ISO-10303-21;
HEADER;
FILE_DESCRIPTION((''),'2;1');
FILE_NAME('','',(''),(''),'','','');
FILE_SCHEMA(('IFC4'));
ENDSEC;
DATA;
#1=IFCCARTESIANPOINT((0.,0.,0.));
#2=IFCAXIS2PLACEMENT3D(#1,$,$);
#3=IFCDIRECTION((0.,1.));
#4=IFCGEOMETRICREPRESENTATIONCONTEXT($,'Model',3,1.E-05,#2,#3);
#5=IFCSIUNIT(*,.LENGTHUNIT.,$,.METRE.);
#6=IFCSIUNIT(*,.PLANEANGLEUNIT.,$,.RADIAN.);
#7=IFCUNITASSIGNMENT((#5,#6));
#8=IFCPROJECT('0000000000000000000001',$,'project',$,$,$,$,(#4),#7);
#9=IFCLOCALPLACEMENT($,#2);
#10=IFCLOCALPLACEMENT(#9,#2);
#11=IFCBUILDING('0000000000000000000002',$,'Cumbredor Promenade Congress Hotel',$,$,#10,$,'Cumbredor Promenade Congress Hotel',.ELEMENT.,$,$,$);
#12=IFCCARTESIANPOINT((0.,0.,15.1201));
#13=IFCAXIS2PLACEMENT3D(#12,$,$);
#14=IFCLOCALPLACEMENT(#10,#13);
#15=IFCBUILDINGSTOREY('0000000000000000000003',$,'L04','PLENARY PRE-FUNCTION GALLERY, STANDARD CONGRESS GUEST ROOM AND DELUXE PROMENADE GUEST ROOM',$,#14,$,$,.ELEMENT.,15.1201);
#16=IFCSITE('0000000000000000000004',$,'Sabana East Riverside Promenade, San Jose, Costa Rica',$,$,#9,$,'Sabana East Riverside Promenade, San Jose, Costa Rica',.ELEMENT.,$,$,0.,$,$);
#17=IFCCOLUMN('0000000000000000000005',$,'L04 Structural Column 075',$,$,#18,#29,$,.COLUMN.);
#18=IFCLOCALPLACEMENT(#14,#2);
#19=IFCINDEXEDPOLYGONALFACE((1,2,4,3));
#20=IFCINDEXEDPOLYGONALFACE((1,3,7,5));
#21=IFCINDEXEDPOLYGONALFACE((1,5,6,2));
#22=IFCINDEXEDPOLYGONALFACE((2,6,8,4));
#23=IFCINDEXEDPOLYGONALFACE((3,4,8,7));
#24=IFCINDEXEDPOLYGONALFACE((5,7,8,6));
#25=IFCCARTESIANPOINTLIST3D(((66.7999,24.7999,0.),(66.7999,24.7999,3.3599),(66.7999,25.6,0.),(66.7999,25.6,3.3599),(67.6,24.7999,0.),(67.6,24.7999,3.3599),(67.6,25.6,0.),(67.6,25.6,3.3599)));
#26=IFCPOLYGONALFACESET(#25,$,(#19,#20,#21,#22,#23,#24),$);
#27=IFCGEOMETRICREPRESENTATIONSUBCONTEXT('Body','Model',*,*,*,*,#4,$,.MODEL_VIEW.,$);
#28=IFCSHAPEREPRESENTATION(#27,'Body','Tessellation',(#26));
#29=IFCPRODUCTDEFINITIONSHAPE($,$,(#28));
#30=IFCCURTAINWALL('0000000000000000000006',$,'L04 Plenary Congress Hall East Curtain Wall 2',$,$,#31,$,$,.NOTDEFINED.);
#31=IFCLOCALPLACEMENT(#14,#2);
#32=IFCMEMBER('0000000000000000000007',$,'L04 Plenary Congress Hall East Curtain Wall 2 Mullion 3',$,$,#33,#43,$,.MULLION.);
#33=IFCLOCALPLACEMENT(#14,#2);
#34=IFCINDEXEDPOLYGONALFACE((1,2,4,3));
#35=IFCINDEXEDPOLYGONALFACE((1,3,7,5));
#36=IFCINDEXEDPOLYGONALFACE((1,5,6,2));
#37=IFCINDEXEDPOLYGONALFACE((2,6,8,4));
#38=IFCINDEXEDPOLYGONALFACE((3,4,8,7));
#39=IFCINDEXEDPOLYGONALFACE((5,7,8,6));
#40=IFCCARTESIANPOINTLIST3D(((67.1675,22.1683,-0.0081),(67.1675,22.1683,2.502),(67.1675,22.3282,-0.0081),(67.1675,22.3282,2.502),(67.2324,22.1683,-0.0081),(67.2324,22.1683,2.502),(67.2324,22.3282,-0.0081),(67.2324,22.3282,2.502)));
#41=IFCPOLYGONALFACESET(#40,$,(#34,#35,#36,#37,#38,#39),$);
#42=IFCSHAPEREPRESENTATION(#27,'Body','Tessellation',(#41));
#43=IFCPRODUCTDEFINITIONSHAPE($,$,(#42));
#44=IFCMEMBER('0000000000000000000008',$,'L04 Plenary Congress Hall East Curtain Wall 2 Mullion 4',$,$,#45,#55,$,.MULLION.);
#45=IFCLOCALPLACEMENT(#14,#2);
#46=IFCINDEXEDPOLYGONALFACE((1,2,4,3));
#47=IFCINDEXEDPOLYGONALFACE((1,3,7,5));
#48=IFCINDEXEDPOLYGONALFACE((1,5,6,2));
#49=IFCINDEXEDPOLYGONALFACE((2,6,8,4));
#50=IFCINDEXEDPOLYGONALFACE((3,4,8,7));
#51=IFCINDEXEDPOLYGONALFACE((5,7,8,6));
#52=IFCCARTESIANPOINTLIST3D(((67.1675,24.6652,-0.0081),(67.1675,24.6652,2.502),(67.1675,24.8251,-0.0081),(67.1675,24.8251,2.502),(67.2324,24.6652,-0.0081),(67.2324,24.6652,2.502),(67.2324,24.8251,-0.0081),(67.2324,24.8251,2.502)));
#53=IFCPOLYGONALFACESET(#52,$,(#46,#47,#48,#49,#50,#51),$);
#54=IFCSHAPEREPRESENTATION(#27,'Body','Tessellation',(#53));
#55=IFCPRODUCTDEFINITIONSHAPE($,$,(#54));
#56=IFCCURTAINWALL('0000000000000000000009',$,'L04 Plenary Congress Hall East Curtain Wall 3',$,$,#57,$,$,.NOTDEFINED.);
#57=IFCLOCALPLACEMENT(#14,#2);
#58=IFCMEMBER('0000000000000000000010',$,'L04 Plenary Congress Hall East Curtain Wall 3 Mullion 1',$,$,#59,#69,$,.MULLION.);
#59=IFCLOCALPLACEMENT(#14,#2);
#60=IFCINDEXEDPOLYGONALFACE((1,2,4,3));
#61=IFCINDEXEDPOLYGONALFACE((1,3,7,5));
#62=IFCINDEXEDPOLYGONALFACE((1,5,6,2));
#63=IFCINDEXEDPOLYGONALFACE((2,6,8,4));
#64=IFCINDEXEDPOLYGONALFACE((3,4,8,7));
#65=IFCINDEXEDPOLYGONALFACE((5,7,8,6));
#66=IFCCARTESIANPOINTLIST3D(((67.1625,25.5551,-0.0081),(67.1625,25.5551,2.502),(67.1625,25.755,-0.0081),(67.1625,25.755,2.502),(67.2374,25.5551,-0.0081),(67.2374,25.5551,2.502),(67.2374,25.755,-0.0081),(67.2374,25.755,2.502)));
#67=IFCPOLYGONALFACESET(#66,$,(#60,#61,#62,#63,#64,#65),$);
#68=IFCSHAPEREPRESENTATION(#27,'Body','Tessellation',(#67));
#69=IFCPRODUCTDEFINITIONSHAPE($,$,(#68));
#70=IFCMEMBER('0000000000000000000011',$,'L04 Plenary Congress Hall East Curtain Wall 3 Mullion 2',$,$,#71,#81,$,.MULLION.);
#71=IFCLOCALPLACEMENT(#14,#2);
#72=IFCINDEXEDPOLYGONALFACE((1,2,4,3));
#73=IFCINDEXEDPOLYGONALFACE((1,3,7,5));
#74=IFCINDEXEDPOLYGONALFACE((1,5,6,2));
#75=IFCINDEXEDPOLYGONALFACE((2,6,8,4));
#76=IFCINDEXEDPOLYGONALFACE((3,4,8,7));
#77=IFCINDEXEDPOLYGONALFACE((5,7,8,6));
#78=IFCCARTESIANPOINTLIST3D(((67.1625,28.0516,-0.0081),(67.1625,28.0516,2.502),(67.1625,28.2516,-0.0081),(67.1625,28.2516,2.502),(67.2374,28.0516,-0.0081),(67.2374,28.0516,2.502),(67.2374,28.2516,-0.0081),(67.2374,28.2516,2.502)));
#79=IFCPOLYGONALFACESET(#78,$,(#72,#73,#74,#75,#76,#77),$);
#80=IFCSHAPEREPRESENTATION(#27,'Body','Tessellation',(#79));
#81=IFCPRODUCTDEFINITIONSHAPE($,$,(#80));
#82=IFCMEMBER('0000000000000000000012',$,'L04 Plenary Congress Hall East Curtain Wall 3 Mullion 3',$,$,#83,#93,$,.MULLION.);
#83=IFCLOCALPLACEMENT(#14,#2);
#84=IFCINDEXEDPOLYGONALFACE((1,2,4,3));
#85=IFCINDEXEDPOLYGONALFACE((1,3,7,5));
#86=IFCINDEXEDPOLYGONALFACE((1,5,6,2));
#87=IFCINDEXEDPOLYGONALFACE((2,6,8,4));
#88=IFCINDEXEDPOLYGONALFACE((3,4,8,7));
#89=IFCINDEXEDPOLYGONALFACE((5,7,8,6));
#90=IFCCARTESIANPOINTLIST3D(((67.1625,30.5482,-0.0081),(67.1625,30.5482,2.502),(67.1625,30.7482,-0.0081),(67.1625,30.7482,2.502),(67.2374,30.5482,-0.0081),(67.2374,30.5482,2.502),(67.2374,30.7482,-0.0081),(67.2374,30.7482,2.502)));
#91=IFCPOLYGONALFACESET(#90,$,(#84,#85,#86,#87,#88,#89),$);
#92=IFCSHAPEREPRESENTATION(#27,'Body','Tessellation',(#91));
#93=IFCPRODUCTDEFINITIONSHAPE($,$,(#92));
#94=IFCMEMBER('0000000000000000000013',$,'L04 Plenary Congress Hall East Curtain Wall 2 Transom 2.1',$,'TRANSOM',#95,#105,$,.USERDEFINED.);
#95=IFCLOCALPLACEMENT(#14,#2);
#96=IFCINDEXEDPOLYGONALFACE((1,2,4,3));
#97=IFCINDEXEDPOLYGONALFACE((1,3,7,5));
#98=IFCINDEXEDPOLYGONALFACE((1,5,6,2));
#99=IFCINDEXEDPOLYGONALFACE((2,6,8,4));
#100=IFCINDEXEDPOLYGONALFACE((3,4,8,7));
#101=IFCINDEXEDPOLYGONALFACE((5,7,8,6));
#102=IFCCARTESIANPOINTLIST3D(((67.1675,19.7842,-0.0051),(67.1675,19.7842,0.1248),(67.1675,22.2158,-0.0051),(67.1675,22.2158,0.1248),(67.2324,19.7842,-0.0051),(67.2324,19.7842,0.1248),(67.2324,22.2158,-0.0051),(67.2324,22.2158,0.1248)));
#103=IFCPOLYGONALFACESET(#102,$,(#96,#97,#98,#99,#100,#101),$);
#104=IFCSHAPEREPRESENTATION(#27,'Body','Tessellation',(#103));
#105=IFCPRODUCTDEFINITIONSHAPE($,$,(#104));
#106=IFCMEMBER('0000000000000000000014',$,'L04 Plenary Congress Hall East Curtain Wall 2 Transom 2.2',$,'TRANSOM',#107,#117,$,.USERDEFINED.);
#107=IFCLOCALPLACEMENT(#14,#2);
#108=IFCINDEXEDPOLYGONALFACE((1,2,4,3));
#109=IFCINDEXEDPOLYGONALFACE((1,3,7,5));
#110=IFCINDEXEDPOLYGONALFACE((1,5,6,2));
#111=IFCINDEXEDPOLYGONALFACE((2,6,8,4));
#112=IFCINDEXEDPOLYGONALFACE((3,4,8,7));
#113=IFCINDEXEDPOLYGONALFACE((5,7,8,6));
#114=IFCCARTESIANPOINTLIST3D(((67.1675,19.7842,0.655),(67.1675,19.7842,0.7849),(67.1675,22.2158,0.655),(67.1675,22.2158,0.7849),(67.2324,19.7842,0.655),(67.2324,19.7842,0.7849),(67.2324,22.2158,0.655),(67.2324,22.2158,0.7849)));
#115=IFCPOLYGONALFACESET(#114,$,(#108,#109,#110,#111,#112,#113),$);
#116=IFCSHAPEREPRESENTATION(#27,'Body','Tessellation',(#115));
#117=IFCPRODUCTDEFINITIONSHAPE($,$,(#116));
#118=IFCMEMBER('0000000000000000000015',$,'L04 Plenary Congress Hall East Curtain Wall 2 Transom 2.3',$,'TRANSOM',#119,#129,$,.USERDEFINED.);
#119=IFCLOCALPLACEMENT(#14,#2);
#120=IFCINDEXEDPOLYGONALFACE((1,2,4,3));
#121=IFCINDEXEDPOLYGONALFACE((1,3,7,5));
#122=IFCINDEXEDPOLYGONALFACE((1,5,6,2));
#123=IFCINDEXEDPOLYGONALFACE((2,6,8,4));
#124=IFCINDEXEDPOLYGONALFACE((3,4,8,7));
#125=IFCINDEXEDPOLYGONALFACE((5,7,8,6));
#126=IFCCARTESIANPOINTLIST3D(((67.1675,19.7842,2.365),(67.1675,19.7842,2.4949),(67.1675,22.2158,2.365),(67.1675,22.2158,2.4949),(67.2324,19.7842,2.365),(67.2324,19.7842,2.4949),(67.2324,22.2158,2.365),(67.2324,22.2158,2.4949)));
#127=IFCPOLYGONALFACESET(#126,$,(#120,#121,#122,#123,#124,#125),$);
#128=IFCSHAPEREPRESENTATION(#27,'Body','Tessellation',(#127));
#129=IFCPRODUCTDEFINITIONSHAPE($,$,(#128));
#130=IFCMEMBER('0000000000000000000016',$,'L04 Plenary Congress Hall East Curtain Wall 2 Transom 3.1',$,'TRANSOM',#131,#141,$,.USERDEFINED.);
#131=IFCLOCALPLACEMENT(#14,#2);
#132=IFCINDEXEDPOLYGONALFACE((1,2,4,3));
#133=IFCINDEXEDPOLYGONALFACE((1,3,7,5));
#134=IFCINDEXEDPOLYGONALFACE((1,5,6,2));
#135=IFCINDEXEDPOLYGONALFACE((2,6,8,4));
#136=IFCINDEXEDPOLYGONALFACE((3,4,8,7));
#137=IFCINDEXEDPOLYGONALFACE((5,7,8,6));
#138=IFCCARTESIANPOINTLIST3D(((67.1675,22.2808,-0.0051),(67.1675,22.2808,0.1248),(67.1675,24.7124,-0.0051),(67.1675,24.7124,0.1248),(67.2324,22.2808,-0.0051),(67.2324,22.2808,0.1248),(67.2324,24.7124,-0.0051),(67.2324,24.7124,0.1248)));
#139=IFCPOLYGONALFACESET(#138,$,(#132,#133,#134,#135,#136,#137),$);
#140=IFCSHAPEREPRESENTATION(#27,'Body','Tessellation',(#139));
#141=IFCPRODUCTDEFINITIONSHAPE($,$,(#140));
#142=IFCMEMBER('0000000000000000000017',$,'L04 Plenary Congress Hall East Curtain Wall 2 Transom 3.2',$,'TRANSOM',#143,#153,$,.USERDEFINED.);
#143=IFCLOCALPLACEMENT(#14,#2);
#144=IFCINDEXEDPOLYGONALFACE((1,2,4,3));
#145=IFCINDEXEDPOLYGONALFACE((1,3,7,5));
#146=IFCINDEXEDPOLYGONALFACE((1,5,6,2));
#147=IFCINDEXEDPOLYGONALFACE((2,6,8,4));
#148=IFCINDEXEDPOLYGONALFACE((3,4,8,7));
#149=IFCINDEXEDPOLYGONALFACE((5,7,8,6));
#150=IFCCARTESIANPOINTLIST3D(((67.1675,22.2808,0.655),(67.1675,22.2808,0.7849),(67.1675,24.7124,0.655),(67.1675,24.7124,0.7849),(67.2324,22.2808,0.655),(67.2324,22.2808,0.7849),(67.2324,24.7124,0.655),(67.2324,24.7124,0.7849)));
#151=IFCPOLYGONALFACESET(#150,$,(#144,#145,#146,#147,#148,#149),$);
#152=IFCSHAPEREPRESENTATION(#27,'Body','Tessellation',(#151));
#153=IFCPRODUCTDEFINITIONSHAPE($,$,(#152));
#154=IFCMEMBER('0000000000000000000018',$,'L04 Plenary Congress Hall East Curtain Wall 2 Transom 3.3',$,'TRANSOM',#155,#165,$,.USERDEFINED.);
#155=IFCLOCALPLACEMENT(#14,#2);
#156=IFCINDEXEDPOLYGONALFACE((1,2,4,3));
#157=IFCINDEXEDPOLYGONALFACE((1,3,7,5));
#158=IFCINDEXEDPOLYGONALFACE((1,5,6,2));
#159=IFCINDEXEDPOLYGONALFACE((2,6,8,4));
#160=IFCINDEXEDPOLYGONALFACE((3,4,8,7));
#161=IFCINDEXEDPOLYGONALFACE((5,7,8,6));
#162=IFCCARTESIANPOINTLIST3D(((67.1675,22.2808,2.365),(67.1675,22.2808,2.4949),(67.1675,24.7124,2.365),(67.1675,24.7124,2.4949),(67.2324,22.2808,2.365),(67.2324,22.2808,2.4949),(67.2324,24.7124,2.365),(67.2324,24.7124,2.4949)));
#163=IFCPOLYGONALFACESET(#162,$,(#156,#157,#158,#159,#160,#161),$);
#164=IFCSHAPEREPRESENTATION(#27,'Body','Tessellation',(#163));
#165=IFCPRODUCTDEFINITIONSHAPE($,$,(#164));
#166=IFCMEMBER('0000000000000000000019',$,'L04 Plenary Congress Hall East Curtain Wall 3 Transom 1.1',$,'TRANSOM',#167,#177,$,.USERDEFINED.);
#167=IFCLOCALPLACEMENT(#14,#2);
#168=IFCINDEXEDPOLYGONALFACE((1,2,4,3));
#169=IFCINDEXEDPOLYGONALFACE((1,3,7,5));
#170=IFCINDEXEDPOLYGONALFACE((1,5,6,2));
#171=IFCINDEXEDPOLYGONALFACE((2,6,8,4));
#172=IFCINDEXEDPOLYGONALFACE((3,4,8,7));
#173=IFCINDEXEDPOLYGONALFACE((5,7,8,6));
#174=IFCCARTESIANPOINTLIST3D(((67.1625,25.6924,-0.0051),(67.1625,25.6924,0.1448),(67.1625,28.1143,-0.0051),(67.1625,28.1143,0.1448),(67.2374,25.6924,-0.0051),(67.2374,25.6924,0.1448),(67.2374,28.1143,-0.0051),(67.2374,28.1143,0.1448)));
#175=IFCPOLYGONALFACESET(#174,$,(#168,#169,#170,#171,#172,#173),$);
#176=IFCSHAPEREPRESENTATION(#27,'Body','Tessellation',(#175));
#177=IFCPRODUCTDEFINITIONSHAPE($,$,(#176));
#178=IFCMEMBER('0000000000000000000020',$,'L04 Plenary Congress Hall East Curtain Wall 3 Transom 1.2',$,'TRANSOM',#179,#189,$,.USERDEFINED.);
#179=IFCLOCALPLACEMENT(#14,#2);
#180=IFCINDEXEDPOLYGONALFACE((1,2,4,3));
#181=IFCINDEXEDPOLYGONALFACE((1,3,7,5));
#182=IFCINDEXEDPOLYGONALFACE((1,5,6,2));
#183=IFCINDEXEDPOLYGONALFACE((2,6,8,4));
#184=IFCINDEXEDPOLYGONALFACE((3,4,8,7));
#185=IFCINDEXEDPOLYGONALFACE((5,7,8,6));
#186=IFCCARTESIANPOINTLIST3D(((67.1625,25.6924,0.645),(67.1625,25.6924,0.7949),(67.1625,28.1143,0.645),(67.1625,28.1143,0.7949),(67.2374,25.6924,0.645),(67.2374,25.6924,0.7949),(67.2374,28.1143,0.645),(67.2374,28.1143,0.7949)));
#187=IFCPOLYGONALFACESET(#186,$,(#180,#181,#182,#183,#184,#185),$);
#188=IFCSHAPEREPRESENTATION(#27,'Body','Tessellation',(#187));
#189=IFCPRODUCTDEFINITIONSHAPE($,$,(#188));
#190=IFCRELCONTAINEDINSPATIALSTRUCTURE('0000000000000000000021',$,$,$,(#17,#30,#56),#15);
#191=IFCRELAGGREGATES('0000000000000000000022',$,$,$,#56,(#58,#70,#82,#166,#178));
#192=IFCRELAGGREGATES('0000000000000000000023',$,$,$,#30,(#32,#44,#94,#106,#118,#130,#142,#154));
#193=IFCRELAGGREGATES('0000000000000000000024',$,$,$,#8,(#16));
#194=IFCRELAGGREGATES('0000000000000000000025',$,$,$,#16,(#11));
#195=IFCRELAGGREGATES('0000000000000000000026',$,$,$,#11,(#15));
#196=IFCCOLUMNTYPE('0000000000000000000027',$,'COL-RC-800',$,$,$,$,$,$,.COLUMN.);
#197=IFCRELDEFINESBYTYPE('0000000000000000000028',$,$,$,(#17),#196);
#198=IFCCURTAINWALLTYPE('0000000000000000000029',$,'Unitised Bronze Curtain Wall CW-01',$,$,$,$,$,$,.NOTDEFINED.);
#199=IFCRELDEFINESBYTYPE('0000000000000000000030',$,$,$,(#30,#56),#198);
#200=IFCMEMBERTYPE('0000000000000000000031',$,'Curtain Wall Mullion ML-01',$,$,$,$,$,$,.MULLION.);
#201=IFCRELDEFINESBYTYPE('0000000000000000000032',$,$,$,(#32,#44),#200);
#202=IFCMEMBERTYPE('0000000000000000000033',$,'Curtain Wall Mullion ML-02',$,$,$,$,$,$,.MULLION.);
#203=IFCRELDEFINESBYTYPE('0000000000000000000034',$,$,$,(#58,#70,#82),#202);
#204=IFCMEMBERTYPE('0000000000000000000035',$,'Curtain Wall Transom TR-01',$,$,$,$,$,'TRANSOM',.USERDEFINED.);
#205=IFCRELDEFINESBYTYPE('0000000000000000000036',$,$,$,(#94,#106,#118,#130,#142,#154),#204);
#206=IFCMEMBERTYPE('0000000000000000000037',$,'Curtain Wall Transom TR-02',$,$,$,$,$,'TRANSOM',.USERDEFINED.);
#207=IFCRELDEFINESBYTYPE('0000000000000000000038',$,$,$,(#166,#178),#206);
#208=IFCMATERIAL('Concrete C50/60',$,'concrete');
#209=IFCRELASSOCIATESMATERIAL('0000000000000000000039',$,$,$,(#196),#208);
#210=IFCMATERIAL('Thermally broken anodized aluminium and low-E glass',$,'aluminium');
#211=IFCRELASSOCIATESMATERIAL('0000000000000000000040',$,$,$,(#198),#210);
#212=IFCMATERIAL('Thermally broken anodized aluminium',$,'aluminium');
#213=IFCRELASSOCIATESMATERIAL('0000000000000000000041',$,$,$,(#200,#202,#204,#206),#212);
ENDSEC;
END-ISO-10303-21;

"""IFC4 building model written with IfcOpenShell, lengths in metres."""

from ifc_helpers import new_model, si_unit, direction, frame, origin, origin_2d, place, context, subcontext, project, spatial, rectangle, extrude, material, material_profile, profile_set, type_object, element, aggregate, save


model = new_model("IFC4")

# Units and contexts
model_context = context("Model", 3, precision=1e-05, world=origin(), true_north=direction((0.0, 1.0)))
body_context = subcontext(model_context, "Body", "Model", "MODEL_VIEW")
ifc_project = project(units=[si_unit("LENGTHUNIT", "METRE"), si_unit("PLANEANGLEUNIT", "RADIAN")], contexts=[model_context])

# Site, building, storey
site_placement = place(None, origin())
site = spatial("IfcSite", under=ifc_project, at=site_placement, Name="Sabana East Riverside Promenade, San Jose, Costa Rica", LongName="Sabana East Riverside Promenade, San Jose, Costa Rica", CompositionType="ELEMENT", RefElevation=0.0)
building_placement = place(site_placement, origin())
building = spatial("IfcBuilding", under=site, at=building_placement, Name="Cumbredor Promenade Congress Hotel", LongName="Cumbredor Promenade Congress Hotel", CompositionType="ELEMENT")
storey_placement = place(building_placement, frame((0.0, 0.0, 15.1201)))
storey = spatial("IfcBuildingStorey", under=building, at=storey_placement, Name="L04", Description="PLENARY PRE-FUNCTION GALLERY, STANDARD CONGRESS GUEST ROOM AND DELUXE PROMENADE GUEST ROOM", CompositionType="ELEMENT", Elevation=15.1201)

# Column
ifc_material_1 = material(Name="Concrete C50/60", Category="concrete")
ifc_material_profile_1 = material_profile(ifc_material_1, rectangle(XDim=0.8, YDim=0.8, at=origin_2d()), Name="RC 800x800")
ifc_profile_set_1 = profile_set([ifc_material_profile_1], Name="Concrete C50/60")
column_type = type_object("IfcColumnType", Name="COL-RC-800", PredefinedType="COLUMN", material=ifc_profile_set_1)
column_placement = place(storey_placement, frame((67.2, 25.2, 0.0), z_axis=(0.0, 0.0, 1.0), x_axis=(1.0, 0.0, 0.0)))
element("IfcColumn", 1, at=column_placement, inside=storey, type_object=column_type, Name="L04 Structural Column 075", PredefinedType="COLUMN", context=body_context, shape_type="SweptSolid", body=[
    extrude(rectangle(XDim=0.8, YDim=0.8, at=origin_2d()), origin(), (0.0, 0.0, 1.0), 3.3599),
])

# Curtain walls, members
ifc_material_2 = material(Name="Thermally broken anodized aluminium and low-E glass", Category="aluminium")
curtain_wall_type = type_object("IfcCurtainWallType", Name="Unitised Bronze Curtain Wall CW-01", PredefinedType="NOTDEFINED", material=ifc_material_2)
curtain_wall_1_placement = place(storey_placement, origin())
curtain_wall_1 = element("IfcCurtainWall", 2, at=curtain_wall_1_placement, inside=storey, type_object=curtain_wall_type, Name="L04 Plenary Congress Hall East Curtain Wall 2", PredefinedType="NOTDEFINED")
ifc_material_3 = material(Name="Thermally broken anodized aluminium", Category="aluminium")
ifc_material_profile_2 = material_profile(ifc_material_3, rectangle(XDim=0.0649, YDim=0.1599, at=origin_2d()), Name="ALU MULLION 65x160")
ifc_profile_set_2 = profile_set([ifc_material_profile_2], Name="Thermally broken anodized aluminium")
member_type_1 = type_object("IfcMemberType", Name="Curtain Wall Mullion ML-01", PredefinedType="MULLION", material=ifc_profile_set_2)
member_1_placement = place(storey_placement, frame((67.2, 22.2483, -0.0081), z_axis=(0.0, 0.0, 1.0), x_axis=(1.0, 0.0, 0.0)))
member_1 = element("IfcMember", 3, at=member_1_placement, type_object=member_type_1, Name="L04 Plenary Congress Hall East Curtain Wall 2 Mullion 3", PredefinedType="MULLION", context=body_context, shape_type="SweptSolid", body=[
    extrude(rectangle(XDim=0.0649, YDim=0.1599, at=origin_2d()), origin(), (0.0, 0.0, 1.0), 2.51),
])
member_2_placement = place(storey_placement, frame((67.2, 24.7451, -0.0081), z_axis=(0.0, 0.0, 1.0), x_axis=(1.0, 0.0, 0.0)))
member_2 = element("IfcMember", 4, at=member_2_placement, type_object=member_type_1, Name="L04 Plenary Congress Hall East Curtain Wall 2 Mullion 4", PredefinedType="MULLION", context=body_context, shape_type="SweptSolid", body=[
    extrude(rectangle(XDim=0.0649, YDim=0.1599, at=origin_2d()), origin(), (0.0, 0.0, 1.0), 2.51),
])
curtain_wall_2_placement = place(storey_placement, origin())
curtain_wall_2 = element("IfcCurtainWall", 5, at=curtain_wall_2_placement, inside=storey, type_object=curtain_wall_type, Name="L04 Plenary Congress Hall East Curtain Wall 3", PredefinedType="NOTDEFINED")
ifc_material_profile_3 = material_profile(ifc_material_3, rectangle(XDim=0.075, YDim=0.2, at=origin_2d()), Name="ALU MULLION 75x200")
ifc_profile_set_3 = profile_set([ifc_material_profile_3], Name="Thermally broken anodized aluminium")
member_type_2 = type_object("IfcMemberType", Name="Curtain Wall Mullion ML-02", PredefinedType="MULLION", material=ifc_profile_set_3)
member_3_placement = place(storey_placement, frame((67.2, 25.655, -0.0081), z_axis=(0.0, 0.0, 1.0), x_axis=(1.0, 0.0, 0.0)))
member_3 = element("IfcMember", 6, at=member_3_placement, type_object=member_type_2, Name="L04 Plenary Congress Hall East Curtain Wall 3 Mullion 1", PredefinedType="MULLION", context=body_context, shape_type="SweptSolid", body=[
    extrude(rectangle(XDim=0.075, YDim=0.2, at=origin_2d()), origin(), (0.0, 0.0, 1.0), 2.51),
])
member_4_placement = place(storey_placement, frame((67.2, 28.1516, -0.0081), z_axis=(0.0, 0.0, 1.0), x_axis=(1.0, 0.0, 0.0)))
member_4 = element("IfcMember", 7, at=member_4_placement, type_object=member_type_2, Name="L04 Plenary Congress Hall East Curtain Wall 3 Mullion 2", PredefinedType="MULLION", context=body_context, shape_type="SweptSolid", body=[
    extrude(rectangle(XDim=0.075, YDim=0.2, at=origin_2d()), origin(), (0.0, 0.0, 1.0), 2.51),
])
member_5_placement = place(storey_placement, frame((67.2, 30.6482, -0.0081), z_axis=(0.0, 0.0, 1.0), x_axis=(1.0, 0.0, 0.0)))
member_5 = element("IfcMember", 8, at=member_5_placement, type_object=member_type_2, Name="L04 Plenary Congress Hall East Curtain Wall 3 Mullion 3", PredefinedType="MULLION", context=body_context, shape_type="SweptSolid", body=[
    extrude(rectangle(XDim=0.075, YDim=0.2, at=origin_2d()), origin(), (0.0, 0.0, 1.0), 2.51),
])

# Members
ifc_material_profile_4 = material_profile(ifc_material_3, rectangle(XDim=0.0649, YDim=0.1299, at=origin_2d()), Name="ALU TRANSOM 65x130")
ifc_profile_set_4 = profile_set([ifc_material_profile_4], Name="Thermally broken anodized aluminium")
member_type_3 = type_object("IfcMemberType", Name="Curtain Wall Transom TR-01", ElementType="TRANSOM", PredefinedType="USERDEFINED", material=ifc_profile_set_4)
member_6_placement = place(storey_placement, frame((67.2, 19.7842, 0.0598), z_axis=(0.0, 1.0, 0.0), x_axis=(-1.0, 0.0, 0.0)))
member_6 = element("IfcMember", 9, at=member_6_placement, type_object=member_type_3, Name="L04 Plenary Congress Hall East Curtain Wall 2 Transom 2.1", ObjectType="TRANSOM", PredefinedType="USERDEFINED", context=body_context, shape_type="SweptSolid", body=[
    extrude(rectangle(XDim=0.0649, YDim=0.1299, at=origin_2d()), origin(), (0.0, 0.0, 1.0), 2.4316),
])
member_7_placement = place(storey_placement, frame((67.2, 19.7842, 0.72), z_axis=(0.0, 1.0, 0.0), x_axis=(-1.0, 0.0, 0.0)))
member_7 = element("IfcMember", 10, at=member_7_placement, type_object=member_type_3, Name="L04 Plenary Congress Hall East Curtain Wall 2 Transom 2.2", ObjectType="TRANSOM", PredefinedType="USERDEFINED", context=body_context, shape_type="SweptSolid", body=[
    extrude(rectangle(XDim=0.0649, YDim=0.1299, at=origin_2d()), origin(), (0.0, 0.0, 1.0), 2.4316),
])
member_8_placement = place(storey_placement, frame((67.2, 19.7842, 2.4299), z_axis=(0.0, 1.0, 0.0), x_axis=(-1.0, 0.0, 0.0)))
member_8 = element("IfcMember", 11, at=member_8_placement, type_object=member_type_3, Name="L04 Plenary Congress Hall East Curtain Wall 2 Transom 2.3", ObjectType="TRANSOM", PredefinedType="USERDEFINED", context=body_context, shape_type="SweptSolid", body=[
    extrude(rectangle(XDim=0.0649, YDim=0.1299, at=origin_2d()), origin(), (0.0, 0.0, 1.0), 2.4316),
])
member_9_placement = place(storey_placement, frame((67.2, 22.2808, 0.0598), z_axis=(0.0, 1.0, 0.0), x_axis=(-1.0, 0.0, 0.0)))
member_9 = element("IfcMember", 12, at=member_9_placement, type_object=member_type_3, Name="L04 Plenary Congress Hall East Curtain Wall 2 Transom 3.1", ObjectType="TRANSOM", PredefinedType="USERDEFINED", context=body_context, shape_type="SweptSolid", body=[
    extrude(rectangle(XDim=0.0649, YDim=0.1299, at=origin_2d()), origin(), (0.0, 0.0, 1.0), 2.4316),
])
member_10_placement = place(storey_placement, frame((67.2, 22.2808, 0.72), z_axis=(0.0, 1.0, 0.0), x_axis=(-1.0, 0.0, 0.0)))
member_10 = element("IfcMember", 13, at=member_10_placement, type_object=member_type_3, Name="L04 Plenary Congress Hall East Curtain Wall 2 Transom 3.2", ObjectType="TRANSOM", PredefinedType="USERDEFINED", context=body_context, shape_type="SweptSolid", body=[
    extrude(rectangle(XDim=0.0649, YDim=0.1299, at=origin_2d()), origin(), (0.0, 0.0, 1.0), 2.4316),
])
member_11_placement = place(storey_placement, frame((67.2, 22.2808, 2.4299), z_axis=(0.0, 1.0, 0.0), x_axis=(-1.0, 0.0, 0.0)))
member_11 = element("IfcMember", 14, at=member_11_placement, type_object=member_type_3, Name="L04 Plenary Congress Hall East Curtain Wall 2 Transom 3.3", ObjectType="TRANSOM", PredefinedType="USERDEFINED", context=body_context, shape_type="SweptSolid", body=[
    extrude(rectangle(XDim=0.0649, YDim=0.1299, at=origin_2d()), origin(), (0.0, 0.0, 1.0), 2.4316),
])
ifc_material_profile_5 = material_profile(ifc_material_3, rectangle(XDim=0.075, YDim=0.1499, at=origin_2d()), Name="ALU TRANSOM 75x150")
ifc_profile_set_5 = profile_set([ifc_material_profile_5], Name="Thermally broken anodized aluminium")
member_type_4 = type_object("IfcMemberType", Name="Curtain Wall Transom TR-02", ElementType="TRANSOM", PredefinedType="USERDEFINED", material=ifc_profile_set_5)
member_12_placement = place(storey_placement, frame((67.2, 25.6924, 0.0698), z_axis=(0.0, 1.0, 0.0), x_axis=(-1.0, 0.0, 0.0)))
member_12 = element("IfcMember", 15, at=member_12_placement, type_object=member_type_4, Name="L04 Plenary Congress Hall East Curtain Wall 3 Transom 1.1", ObjectType="TRANSOM", PredefinedType="USERDEFINED", context=body_context, shape_type="SweptSolid", body=[
    extrude(rectangle(XDim=0.075, YDim=0.1499, at=origin_2d()), origin(), (0.0, 0.0, 1.0), 2.4219),
])
member_13_placement = place(storey_placement, frame((67.2, 25.6924, 0.72), z_axis=(0.0, 1.0, 0.0), x_axis=(-1.0, 0.0, 0.0)))
member_13 = element("IfcMember", 16, at=member_13_placement, type_object=member_type_4, Name="L04 Plenary Congress Hall East Curtain Wall 3 Transom 1.2", ObjectType="TRANSOM", PredefinedType="USERDEFINED", context=body_context, shape_type="SweptSolid", body=[
    extrude(rectangle(XDim=0.075, YDim=0.1499, at=origin_2d()), origin(), (0.0, 0.0, 1.0), 2.4219),
])

aggregate(curtain_wall_2, [member_3, member_4, member_5, member_12, member_13])
aggregate(curtain_wall_1, [member_1, member_2, member_6, member_7, member_8, member_9, member_10, member_11])

save(model, "model.ifc")
